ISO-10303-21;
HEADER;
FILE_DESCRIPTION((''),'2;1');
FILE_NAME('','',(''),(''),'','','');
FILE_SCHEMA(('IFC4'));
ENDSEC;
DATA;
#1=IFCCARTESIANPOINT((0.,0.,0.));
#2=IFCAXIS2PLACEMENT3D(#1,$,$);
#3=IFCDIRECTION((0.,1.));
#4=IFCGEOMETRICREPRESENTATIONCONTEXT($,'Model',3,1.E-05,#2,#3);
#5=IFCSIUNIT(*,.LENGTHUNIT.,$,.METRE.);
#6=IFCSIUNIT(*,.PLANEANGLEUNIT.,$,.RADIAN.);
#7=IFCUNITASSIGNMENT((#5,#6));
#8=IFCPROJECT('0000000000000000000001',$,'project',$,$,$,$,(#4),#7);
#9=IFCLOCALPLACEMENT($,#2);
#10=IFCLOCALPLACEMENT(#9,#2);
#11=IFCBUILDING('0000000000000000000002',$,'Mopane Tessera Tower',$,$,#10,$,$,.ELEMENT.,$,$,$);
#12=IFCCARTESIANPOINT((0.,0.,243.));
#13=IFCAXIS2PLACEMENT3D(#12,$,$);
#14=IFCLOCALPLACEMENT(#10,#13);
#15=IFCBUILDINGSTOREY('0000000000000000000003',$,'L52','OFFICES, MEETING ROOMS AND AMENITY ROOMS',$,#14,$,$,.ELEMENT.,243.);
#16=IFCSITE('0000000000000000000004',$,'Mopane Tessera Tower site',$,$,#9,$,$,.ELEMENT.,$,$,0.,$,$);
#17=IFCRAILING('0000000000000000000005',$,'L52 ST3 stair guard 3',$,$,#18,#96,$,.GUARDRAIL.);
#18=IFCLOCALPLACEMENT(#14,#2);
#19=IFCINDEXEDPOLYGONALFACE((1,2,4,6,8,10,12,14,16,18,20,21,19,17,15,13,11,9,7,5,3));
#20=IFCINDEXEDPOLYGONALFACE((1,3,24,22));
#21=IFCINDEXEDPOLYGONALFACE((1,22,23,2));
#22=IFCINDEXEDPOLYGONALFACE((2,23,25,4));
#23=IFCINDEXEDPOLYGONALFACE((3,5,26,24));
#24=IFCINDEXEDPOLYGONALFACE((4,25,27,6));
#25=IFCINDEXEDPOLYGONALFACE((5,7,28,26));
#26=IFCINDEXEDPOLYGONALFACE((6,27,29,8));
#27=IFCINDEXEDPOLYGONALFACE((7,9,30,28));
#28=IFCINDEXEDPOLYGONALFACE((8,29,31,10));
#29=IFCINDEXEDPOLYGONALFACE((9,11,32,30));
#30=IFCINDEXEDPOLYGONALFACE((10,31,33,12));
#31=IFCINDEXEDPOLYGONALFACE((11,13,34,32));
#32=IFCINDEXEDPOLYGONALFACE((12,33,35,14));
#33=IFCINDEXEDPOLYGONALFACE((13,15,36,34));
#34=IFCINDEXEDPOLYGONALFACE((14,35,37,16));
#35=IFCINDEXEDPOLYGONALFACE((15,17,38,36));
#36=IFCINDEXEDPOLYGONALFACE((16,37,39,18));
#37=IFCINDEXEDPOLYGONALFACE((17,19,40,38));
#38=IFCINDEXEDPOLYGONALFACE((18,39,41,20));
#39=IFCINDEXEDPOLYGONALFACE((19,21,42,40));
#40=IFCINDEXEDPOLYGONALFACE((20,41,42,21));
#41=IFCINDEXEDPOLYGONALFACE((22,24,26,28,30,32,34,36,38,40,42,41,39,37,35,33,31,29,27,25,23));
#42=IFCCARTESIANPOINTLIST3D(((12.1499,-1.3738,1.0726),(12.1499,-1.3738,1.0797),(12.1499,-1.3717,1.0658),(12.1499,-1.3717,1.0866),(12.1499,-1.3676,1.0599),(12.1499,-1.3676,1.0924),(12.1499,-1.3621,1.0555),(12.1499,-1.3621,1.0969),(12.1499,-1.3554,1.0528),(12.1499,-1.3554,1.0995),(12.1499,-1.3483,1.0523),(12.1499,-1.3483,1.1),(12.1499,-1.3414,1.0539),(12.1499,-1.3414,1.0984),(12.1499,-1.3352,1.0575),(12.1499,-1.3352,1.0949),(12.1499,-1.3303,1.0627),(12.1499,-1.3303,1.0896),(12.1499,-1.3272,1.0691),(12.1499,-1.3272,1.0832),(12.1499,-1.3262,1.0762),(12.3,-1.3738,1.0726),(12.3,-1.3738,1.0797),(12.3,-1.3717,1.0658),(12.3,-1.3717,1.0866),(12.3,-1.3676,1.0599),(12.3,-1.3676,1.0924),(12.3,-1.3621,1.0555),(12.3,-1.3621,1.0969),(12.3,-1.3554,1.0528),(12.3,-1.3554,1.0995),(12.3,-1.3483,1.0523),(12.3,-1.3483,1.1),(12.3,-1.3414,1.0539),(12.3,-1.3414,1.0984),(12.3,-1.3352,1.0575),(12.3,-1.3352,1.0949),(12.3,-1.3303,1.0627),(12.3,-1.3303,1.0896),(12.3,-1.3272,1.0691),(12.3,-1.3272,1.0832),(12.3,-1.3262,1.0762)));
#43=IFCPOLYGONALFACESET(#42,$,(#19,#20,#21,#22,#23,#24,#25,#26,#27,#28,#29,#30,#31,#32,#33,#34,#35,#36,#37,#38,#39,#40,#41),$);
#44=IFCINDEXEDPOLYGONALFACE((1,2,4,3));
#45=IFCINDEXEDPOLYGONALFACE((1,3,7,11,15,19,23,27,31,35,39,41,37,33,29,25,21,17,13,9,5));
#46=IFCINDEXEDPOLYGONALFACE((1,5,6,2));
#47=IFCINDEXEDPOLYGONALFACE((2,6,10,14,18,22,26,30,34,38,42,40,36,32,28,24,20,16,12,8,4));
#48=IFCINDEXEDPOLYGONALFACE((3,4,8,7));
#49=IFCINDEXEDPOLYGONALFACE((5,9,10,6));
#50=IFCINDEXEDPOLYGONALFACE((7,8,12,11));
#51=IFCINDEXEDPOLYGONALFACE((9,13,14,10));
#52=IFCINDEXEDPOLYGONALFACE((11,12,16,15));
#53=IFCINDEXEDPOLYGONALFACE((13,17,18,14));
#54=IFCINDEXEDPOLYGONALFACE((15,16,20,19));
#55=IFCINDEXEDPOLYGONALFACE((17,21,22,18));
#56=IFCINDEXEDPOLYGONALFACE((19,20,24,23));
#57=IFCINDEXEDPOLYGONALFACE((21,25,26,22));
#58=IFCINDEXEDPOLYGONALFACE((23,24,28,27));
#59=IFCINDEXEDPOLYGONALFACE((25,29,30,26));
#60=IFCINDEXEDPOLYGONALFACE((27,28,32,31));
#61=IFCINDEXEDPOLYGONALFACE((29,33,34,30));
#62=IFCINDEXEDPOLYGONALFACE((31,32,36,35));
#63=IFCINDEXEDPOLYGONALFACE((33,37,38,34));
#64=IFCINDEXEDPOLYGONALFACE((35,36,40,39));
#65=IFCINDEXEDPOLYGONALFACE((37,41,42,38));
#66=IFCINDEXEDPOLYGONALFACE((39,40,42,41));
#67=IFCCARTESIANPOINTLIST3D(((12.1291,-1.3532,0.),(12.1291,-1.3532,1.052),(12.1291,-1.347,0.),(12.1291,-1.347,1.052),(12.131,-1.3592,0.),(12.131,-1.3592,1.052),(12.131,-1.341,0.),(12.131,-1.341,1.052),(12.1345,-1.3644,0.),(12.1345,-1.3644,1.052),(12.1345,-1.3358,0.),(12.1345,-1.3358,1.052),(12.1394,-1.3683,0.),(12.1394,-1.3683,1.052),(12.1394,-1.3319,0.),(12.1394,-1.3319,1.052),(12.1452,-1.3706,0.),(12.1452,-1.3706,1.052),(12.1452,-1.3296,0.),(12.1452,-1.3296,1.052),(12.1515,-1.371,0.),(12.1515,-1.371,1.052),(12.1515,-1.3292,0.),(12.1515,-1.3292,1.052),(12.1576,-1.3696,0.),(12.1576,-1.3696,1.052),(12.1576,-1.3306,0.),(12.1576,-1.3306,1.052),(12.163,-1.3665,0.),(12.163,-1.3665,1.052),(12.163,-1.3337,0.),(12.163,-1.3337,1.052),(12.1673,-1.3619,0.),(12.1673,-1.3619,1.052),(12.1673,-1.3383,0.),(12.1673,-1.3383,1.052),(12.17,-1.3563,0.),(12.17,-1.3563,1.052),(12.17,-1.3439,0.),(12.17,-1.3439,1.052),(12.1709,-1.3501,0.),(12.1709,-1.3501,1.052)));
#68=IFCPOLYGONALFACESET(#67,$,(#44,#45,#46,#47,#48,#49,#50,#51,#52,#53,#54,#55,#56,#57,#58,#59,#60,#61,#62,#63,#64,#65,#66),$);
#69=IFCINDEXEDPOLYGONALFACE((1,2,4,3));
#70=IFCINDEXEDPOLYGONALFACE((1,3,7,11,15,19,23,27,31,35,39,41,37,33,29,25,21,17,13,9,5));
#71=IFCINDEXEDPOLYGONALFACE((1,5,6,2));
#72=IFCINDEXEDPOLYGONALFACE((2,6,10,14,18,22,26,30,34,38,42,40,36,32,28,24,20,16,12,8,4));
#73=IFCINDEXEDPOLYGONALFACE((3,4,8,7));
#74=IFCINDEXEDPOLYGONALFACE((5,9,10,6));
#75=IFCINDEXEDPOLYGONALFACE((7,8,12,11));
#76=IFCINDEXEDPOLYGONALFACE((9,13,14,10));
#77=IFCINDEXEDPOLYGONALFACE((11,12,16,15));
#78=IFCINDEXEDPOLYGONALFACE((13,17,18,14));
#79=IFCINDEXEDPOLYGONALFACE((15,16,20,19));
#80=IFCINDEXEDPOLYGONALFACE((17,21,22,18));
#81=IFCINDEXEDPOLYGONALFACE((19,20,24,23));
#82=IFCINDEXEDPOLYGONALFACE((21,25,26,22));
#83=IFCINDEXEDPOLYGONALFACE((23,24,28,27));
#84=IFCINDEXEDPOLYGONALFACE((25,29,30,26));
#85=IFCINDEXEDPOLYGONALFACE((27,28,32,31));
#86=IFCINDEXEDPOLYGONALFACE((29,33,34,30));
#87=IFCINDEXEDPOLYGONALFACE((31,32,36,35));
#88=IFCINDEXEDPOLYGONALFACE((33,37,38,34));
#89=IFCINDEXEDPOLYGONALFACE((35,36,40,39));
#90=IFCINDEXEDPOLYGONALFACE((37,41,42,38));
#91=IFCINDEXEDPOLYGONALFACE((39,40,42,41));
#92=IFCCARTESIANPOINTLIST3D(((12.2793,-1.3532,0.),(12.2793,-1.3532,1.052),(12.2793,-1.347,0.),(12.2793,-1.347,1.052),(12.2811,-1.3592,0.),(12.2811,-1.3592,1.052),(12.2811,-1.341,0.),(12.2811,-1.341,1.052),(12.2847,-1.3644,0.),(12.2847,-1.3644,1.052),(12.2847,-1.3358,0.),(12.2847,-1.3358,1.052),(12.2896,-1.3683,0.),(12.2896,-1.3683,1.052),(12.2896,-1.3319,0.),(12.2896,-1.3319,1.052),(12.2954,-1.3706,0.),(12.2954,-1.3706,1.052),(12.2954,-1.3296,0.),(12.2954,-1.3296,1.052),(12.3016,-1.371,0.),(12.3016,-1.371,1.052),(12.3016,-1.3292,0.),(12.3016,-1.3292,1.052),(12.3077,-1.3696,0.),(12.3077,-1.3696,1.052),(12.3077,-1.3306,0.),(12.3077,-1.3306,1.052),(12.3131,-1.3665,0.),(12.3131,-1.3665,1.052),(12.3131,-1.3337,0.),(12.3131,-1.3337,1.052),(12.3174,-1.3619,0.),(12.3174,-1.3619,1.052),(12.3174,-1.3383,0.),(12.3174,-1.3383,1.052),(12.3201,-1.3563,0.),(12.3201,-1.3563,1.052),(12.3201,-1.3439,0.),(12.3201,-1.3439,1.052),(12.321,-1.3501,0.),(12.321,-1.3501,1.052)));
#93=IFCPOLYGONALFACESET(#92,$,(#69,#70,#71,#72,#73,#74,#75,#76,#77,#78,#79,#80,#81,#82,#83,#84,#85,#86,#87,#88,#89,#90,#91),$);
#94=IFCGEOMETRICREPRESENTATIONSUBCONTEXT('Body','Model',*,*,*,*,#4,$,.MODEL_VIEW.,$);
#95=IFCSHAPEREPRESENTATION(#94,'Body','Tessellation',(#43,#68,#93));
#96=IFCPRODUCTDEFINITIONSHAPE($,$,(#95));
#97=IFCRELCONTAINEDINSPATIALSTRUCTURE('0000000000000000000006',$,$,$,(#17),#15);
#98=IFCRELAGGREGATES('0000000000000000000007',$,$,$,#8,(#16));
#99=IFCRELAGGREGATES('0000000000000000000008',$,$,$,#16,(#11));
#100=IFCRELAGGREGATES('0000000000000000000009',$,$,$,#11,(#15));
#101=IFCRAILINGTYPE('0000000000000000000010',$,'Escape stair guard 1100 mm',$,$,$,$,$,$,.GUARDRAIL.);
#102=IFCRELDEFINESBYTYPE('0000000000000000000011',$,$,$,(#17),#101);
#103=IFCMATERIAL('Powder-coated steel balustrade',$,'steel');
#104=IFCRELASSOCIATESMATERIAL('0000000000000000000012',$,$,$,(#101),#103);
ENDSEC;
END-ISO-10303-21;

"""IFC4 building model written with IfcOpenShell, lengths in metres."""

from ifc_helpers import new_model, si_unit, direction, frame, origin, origin_2d, place, context, subcontext, project, spatial, circle, extrude, material, type_object, element, save


model = new_model("IFC4")

# Units and contexts
model_context = context("Model", 3, precision=1e-05, world=origin(), true_north=direction((0.0, 1.0)))
body_context = subcontext(model_context, "Body", "Model", "MODEL_VIEW")
ifc_project = project(units=[si_unit("LENGTHUNIT", "METRE"), si_unit("PLANEANGLEUNIT", "RADIAN")], contexts=[model_context])

# Site, building, storey
site_placement = place(None, origin())
site = spatial("IfcSite", under=ifc_project, at=site_placement, Name="Mopane Tessera Tower site", CompositionType="ELEMENT", RefElevation=0.0)
building_placement = place(site_placement, origin())
building = spatial("IfcBuilding", under=site, at=building_placement, Name="Mopane Tessera Tower", CompositionType="ELEMENT")
storey_placement = place(building_placement, frame((0.0, 0.0, 243.0)))
storey = spatial("IfcBuildingStorey", under=building, at=storey_placement, Name="L52", Description="OFFICES, MEETING ROOMS AND AMENITY ROOMS", CompositionType="ELEMENT", Elevation=243.0)

# Railing
ifc_material_1 = material(Name="Powder-coated steel balustrade", Category="steel")
railing_type_1 = type_object("IfcRailingType", Name="Escape stair guard 1100 mm", PredefinedType="GUARDRAIL", material=ifc_material_1)
railing_1_placement = place(storey_placement, frame((12.1499, -1.3501, 0.0)))
element("IfcRailing", 1, at=railing_1_placement, inside=storey, type_object=railing_type_1, Name="L52 ST3 stair guard 3", PredefinedType="GUARDRAIL", context=body_context, shape_type="SweptSolid", body=[
    extrude(circle(Radius=0.0239, at=origin_2d()), frame((0.0, 0.0, 1.0762), z_axis=(1.0, 0.0, 0.0), x_axis=(0.0, 1.0, 0.0)), (0.0, 0.0, 1.0), 0.1501),
    extrude(circle(Radius=0.021, at=origin_2d()), origin(), (0.0, 0.0, 1.0), 1.052),
    extrude(circle(Radius=0.021, at=origin_2d()), frame((0.1501, 0.0, 0.0)), (0.0, 0.0, 1.0), 1.052),
])

save(model, "model.ifc")
